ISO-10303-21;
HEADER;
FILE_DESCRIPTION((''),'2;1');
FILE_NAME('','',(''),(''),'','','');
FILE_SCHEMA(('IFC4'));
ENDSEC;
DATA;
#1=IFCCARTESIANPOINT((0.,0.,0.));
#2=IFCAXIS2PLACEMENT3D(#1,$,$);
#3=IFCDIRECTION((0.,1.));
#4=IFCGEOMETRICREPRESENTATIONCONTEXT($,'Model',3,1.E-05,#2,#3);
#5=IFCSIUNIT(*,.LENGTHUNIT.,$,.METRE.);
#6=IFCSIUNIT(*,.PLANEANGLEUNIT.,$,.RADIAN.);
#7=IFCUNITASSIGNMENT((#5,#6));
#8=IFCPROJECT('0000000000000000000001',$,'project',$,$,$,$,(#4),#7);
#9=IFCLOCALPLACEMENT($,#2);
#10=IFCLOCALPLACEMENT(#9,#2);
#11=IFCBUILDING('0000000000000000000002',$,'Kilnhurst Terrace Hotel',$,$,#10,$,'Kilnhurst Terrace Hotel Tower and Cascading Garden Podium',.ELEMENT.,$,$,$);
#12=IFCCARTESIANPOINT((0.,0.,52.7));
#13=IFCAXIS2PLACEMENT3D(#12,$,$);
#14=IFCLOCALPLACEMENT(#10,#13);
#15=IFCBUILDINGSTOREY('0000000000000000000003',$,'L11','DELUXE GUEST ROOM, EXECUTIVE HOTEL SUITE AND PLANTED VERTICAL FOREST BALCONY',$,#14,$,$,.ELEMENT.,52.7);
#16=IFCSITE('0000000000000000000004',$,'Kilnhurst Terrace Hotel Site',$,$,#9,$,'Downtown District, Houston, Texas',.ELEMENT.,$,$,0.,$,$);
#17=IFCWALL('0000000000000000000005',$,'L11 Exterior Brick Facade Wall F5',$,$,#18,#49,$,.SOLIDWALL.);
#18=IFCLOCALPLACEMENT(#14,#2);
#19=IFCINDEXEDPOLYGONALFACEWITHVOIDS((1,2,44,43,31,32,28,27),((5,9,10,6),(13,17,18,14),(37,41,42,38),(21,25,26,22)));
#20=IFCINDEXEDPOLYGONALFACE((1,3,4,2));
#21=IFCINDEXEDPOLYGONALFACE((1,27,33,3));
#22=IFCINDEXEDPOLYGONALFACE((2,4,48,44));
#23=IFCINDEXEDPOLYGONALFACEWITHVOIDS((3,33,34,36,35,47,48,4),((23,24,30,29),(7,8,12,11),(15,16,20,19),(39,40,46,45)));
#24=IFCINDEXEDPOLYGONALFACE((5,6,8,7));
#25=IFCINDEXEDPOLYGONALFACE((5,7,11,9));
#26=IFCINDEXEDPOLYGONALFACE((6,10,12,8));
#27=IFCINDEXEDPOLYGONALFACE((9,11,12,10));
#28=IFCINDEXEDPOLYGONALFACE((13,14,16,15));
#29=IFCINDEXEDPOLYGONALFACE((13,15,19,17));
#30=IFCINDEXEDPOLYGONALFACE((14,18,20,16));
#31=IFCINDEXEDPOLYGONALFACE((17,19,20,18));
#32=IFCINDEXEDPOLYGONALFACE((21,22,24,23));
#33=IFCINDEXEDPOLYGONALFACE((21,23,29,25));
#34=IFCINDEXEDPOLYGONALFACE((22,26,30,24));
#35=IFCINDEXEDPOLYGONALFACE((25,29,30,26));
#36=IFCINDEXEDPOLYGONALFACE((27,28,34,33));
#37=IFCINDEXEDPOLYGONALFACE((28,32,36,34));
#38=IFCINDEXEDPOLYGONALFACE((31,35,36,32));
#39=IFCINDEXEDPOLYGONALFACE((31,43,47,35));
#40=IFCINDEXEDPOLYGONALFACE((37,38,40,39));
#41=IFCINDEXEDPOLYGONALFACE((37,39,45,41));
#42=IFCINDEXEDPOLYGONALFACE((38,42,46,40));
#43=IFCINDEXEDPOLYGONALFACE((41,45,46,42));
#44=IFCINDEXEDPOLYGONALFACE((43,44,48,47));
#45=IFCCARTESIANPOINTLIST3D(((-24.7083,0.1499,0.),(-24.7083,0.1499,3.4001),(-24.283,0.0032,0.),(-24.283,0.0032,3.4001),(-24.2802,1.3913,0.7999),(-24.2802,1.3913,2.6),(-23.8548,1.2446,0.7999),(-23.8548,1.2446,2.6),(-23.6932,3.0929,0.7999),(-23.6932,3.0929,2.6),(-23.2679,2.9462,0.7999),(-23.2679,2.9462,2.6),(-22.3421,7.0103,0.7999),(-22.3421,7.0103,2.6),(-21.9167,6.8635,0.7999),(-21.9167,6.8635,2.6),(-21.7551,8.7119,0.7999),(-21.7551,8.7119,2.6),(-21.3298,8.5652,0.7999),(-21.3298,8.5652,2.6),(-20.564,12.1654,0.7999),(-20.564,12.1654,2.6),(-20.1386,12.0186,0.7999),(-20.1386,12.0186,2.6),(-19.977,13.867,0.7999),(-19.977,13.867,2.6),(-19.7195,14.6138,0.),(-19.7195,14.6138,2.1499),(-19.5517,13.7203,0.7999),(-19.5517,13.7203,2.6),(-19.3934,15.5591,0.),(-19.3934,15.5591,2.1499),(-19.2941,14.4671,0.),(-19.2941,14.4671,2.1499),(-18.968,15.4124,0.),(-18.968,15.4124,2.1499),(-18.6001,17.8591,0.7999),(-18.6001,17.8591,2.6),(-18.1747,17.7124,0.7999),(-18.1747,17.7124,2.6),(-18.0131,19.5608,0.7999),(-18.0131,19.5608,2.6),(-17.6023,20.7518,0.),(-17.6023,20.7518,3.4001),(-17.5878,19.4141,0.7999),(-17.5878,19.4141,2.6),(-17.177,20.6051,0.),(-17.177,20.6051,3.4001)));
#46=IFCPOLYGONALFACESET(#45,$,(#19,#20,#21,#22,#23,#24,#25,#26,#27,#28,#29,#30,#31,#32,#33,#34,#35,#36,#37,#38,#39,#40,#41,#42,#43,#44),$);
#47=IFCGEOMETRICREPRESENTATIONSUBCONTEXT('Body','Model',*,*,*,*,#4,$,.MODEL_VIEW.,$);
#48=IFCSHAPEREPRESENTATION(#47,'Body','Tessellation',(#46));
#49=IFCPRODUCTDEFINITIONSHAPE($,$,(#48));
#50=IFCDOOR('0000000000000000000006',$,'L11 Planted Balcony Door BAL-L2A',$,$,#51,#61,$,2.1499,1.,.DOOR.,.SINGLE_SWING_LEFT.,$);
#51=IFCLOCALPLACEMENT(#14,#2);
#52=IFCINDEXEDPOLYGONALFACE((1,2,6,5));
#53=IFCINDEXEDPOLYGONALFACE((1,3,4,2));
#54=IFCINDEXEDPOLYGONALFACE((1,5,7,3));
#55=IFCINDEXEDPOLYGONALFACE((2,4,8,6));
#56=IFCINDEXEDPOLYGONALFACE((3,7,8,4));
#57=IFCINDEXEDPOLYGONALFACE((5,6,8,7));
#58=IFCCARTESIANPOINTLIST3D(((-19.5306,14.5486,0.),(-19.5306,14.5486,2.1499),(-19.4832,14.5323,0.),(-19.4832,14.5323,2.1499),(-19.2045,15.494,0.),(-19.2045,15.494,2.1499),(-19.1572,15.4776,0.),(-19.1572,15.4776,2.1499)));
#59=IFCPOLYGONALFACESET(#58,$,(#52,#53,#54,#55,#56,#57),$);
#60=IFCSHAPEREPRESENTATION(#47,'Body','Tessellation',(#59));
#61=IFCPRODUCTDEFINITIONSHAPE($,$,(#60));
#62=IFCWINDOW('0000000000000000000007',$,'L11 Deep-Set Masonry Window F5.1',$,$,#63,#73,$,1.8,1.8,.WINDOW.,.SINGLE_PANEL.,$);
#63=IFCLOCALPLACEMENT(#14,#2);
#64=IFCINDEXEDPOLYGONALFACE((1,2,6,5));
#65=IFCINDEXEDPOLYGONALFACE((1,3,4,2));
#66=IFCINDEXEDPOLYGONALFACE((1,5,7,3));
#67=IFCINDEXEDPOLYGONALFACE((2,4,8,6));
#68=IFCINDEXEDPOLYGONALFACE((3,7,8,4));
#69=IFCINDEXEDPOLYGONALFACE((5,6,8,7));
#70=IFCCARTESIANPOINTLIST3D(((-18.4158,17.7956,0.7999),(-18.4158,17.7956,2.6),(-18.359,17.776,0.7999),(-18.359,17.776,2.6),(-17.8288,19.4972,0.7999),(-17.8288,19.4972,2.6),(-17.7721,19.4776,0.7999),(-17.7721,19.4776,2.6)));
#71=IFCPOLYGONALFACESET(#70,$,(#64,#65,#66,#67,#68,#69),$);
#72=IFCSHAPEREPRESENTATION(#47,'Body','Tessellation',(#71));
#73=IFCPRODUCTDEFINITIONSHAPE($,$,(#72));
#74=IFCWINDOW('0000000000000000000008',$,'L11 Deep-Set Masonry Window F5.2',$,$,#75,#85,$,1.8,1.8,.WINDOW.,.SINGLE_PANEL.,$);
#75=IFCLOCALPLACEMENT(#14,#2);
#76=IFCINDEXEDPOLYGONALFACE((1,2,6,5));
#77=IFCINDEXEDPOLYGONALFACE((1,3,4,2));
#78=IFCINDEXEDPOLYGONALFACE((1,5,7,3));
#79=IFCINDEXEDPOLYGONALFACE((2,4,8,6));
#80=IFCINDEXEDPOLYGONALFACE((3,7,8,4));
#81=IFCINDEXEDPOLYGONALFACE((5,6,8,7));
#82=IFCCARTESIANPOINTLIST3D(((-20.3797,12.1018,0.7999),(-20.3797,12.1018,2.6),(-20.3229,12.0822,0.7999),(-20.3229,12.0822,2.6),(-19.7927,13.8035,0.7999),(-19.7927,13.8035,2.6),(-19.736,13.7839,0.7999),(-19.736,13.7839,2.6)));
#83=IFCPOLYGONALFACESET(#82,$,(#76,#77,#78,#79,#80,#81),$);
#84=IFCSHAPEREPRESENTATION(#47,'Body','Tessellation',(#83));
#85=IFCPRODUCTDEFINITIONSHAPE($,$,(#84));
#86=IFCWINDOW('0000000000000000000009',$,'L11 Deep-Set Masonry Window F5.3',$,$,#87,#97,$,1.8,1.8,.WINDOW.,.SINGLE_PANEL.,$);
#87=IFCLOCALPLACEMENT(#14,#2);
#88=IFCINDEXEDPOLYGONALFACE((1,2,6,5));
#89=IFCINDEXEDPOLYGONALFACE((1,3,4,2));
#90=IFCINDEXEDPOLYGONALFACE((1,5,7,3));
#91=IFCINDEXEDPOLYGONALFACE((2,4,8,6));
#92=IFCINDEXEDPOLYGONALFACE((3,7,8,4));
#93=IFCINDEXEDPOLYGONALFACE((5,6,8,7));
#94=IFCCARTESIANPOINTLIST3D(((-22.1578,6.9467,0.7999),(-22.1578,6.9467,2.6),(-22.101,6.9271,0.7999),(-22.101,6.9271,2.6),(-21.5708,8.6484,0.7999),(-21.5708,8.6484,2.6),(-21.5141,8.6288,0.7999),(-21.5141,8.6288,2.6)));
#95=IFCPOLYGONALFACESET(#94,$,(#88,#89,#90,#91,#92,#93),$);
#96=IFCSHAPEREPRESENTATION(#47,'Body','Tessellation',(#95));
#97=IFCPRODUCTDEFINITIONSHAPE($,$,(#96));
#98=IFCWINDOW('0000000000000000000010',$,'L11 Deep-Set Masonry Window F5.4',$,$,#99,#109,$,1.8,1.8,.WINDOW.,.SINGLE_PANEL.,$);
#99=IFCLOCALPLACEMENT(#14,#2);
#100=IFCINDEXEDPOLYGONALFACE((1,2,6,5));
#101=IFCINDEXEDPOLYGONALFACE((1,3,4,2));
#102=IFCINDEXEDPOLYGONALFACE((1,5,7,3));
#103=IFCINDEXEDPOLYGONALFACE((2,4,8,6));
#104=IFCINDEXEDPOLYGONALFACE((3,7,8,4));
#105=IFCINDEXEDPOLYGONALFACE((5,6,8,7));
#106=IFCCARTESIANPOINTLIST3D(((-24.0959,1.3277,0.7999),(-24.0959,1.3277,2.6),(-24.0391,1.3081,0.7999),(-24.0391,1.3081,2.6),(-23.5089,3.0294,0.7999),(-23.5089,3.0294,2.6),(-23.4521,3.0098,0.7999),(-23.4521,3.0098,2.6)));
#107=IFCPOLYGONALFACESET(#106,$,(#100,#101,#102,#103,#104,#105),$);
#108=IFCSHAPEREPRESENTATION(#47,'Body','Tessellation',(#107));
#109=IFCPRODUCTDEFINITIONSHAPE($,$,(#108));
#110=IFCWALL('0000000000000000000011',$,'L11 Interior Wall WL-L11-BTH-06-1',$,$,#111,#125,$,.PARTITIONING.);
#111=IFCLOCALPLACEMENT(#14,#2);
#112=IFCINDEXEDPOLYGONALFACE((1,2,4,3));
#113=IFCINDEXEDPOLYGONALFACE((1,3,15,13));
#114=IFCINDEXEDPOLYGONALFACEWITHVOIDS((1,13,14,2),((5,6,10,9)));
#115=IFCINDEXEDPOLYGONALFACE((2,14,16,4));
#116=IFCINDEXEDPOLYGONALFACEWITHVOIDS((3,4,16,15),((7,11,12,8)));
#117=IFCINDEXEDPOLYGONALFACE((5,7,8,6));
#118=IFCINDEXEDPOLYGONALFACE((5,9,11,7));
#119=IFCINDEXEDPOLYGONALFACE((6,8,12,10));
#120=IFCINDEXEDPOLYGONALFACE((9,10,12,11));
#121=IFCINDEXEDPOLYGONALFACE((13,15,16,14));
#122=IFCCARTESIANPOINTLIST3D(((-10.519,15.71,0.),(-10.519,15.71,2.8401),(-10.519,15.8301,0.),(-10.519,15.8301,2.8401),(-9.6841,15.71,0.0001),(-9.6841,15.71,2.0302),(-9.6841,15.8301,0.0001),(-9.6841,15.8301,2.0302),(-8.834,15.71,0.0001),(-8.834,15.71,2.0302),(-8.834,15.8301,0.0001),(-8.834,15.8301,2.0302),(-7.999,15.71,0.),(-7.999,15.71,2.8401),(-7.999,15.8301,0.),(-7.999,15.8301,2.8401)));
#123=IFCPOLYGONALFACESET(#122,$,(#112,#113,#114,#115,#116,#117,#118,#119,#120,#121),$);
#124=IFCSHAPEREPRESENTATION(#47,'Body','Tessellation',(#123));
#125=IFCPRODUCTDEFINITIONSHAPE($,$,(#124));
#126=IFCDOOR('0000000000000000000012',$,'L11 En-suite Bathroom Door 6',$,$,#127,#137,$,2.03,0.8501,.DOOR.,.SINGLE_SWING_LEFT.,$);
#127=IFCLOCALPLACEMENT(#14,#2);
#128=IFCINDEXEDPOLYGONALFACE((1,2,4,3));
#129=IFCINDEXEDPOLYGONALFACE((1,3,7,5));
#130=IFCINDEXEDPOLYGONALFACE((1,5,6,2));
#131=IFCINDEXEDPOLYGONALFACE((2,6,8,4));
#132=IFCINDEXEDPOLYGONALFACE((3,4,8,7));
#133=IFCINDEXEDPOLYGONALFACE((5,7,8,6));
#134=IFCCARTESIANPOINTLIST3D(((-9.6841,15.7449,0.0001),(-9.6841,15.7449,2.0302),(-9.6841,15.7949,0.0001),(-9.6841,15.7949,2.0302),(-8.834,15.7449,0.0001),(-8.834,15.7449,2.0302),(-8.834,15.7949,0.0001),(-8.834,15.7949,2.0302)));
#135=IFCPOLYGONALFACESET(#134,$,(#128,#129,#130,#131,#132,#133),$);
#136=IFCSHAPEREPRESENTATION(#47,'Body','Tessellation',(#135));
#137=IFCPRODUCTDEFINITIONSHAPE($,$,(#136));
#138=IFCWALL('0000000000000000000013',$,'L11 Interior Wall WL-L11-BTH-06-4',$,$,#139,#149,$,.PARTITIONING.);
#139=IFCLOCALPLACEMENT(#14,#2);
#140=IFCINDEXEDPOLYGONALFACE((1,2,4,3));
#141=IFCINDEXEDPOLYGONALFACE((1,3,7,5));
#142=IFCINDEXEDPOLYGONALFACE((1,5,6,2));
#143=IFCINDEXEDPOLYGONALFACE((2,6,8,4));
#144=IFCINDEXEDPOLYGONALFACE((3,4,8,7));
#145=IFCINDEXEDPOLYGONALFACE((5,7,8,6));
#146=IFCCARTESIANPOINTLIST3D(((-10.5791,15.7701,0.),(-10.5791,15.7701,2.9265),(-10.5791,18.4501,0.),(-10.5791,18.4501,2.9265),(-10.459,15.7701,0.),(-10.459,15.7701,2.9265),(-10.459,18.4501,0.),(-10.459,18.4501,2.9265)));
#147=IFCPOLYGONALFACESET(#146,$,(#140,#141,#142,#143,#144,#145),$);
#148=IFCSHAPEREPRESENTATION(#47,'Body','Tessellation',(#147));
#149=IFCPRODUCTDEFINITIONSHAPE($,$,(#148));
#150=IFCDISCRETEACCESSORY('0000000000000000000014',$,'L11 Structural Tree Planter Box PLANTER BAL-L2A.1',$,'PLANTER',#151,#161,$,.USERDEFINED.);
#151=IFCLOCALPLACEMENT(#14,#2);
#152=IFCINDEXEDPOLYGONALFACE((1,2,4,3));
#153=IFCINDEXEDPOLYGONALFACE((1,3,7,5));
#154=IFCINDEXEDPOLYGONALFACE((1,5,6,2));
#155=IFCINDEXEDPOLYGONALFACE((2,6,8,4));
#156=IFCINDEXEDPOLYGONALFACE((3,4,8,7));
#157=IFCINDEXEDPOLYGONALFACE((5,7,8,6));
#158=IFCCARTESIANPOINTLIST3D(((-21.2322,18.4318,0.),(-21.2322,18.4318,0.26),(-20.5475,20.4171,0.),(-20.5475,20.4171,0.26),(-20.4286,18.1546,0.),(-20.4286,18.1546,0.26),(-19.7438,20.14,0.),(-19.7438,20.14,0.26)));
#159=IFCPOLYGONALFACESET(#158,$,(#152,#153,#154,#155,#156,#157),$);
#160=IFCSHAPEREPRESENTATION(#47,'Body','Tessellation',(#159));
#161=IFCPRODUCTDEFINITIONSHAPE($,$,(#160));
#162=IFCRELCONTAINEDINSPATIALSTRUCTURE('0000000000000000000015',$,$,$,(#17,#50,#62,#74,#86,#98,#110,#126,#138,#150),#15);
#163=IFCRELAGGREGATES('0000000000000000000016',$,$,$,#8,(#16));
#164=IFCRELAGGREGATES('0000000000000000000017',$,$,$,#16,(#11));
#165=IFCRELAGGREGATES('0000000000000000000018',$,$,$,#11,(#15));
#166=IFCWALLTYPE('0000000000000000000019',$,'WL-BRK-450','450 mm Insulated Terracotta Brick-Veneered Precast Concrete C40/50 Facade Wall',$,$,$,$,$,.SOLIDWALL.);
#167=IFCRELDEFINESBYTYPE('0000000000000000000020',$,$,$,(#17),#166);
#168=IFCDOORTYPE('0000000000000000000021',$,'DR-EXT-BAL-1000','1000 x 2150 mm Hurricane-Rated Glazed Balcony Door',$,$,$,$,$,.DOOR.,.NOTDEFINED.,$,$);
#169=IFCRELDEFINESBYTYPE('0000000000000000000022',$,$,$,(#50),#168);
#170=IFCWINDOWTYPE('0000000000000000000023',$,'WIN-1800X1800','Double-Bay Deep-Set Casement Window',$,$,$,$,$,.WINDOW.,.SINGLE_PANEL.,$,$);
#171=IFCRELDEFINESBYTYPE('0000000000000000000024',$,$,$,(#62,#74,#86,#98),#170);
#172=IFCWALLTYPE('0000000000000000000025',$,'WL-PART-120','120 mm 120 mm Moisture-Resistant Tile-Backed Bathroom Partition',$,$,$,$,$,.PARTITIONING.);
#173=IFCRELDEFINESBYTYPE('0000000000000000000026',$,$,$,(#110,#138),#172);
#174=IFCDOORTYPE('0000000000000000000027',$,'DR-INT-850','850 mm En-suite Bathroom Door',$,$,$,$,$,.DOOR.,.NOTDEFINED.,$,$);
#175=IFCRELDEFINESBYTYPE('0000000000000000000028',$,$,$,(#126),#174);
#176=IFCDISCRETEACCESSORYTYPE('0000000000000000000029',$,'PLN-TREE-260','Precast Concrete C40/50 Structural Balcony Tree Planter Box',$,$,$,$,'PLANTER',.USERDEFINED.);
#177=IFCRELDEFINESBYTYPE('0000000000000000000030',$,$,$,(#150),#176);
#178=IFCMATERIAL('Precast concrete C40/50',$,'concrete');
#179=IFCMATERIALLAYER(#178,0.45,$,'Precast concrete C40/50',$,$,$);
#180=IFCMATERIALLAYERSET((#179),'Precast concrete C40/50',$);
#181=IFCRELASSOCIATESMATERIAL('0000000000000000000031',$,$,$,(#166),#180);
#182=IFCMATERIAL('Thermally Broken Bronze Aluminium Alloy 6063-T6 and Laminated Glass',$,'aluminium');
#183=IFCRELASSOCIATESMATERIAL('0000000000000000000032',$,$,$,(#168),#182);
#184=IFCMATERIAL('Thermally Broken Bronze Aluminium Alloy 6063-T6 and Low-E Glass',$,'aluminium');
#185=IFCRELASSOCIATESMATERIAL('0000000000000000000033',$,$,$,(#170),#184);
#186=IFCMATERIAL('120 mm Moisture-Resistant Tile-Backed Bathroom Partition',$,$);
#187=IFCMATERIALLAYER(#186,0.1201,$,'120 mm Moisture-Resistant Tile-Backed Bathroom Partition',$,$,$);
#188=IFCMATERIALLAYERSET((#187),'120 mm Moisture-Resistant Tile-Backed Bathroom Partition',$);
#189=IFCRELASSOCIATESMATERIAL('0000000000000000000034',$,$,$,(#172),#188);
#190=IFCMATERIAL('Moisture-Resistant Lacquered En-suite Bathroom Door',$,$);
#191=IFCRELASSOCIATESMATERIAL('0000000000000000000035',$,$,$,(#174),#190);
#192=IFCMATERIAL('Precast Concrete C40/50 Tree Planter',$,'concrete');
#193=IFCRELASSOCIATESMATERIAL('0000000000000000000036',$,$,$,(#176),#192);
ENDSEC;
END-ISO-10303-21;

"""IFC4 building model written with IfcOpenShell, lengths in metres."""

from ifc_helpers import new_model, si_unit, direction, frame, frame_2d, origin, origin_2d, place, context, subcontext, project, spatial, rectangle, extrude, material, layer, layer_set, type_object, element, fill, save


model = new_model("IFC4")

# Units and contexts
model_context = context("Model", 3, precision=1e-05, world=origin(), true_north=direction((0.0, 1.0)))
body_context = subcontext(model_context, "Body", "Model", "MODEL_VIEW")
ifc_project = project(units=[si_unit("LENGTHUNIT", "METRE"), si_unit("PLANEANGLEUNIT", "RADIAN")], contexts=[model_context])

# Site, building, storey
site_placement = place(None, origin())
site = spatial("IfcSite", under=ifc_project, at=site_placement, Name="Kilnhurst Terrace Hotel Site", LongName="Downtown District, Houston, Texas", CompositionType="ELEMENT", RefElevation=0.0)
building_placement = place(site_placement, origin())
building = spatial("IfcBuilding", under=site, at=building_placement, Name="Kilnhurst Terrace Hotel", LongName="Kilnhurst Terrace Hotel Tower and Cascading Garden Podium", CompositionType="ELEMENT")
storey_placement = place(building_placement, frame((0.0, 0.0, 52.7)))
storey = spatial("IfcBuildingStorey", under=building, at=storey_placement, Name="L11", Description="DELUXE GUEST ROOM, EXECUTIVE HOTEL SUITE AND PLANTED VERTICAL FOREST BALCONY", CompositionType="ELEMENT", Elevation=52.7)

# Shared definitions
ifc_material_1 = material(Name="Precast concrete C40/50", Category="concrete")
ifc_layer_1 = layer(ifc_material_1, 0.45, Name="Precast concrete C40/50")
ifc_layer_set_1 = layer_set([ifc_layer_1], Name="Precast concrete C40/50")
wall_type_1 = type_object("IfcWallType", Name="WL-BRK-450", Description="450 mm Insulated Terracotta Brick-Veneered Precast Concrete C40/50 Facade Wall", PredefinedType="SOLIDWALL", material=ifc_layer_set_1)

# Wall, openings, door, windows
wall_1_placement = place(storey_placement, frame((-17.3896, 20.6785, 0.0), z_axis=(0.0, 0.0, 1.0), x_axis=(-0.326068, -0.945346, 0.0)))
wall_1 = element("IfcWall", 1, at=wall_1_placement, inside=storey, type_object=wall_type_1, Name="L11 Exterior Brick Facade Wall F5", PredefinedType="SOLIDWALL", context=body_context, shape_type="SweptSolid", body=[
    extrude(rectangle(XDim=21.793, YDim=0.45, at=frame_2d((10.8965, 0.0))), origin(), (0.0, 0.0, 1.0), 3.4001),
])
opening_1_placement = place(wall_1_placement, frame((5.4929, 0.0, 0.0)))
opening_1 = element("IfcOpeningElement", 2, at=opening_1_placement, cuts=wall_1, PredefinedType="OPENING", context=body_context, shape_type="SweptSolid", body=[
    extrude(rectangle(XDim=1.0, YDim=2.1499, at=frame_2d((0.5, 1.075))), frame((0.0, 0.2349, 0.0), z_axis=(0.0, -1.0, 0.0), x_axis=(1.0, 0.0, 0.0)), (0.0, 0.0, 1.0), 0.47),
])
opening_2_placement = place(wall_1_placement, frame((1.26, 0.0, 0.8)))
opening_2 = element("IfcOpeningElement", 3, at=opening_2_placement, cuts=wall_1, PredefinedType="OPENING", context=body_context, shape_type="SweptSolid", body=[
    extrude(rectangle(XDim=1.8, YDim=1.8, at=frame_2d((0.8999, 0.8999))), frame((0.0, 0.2349, 0.0), z_axis=(0.0, -1.0, 0.0), x_axis=(1.0, 0.0, 0.0)), (0.0, 0.0, 1.0), 0.47),
])
opening_3_placement = place(wall_1_placement, frame((7.283, 0.0, 0.8)))
opening_3 = element("IfcOpeningElement", 4, at=opening_3_placement, cuts=wall_1, PredefinedType="OPENING", context=body_context, shape_type="SweptSolid", body=[
    extrude(rectangle(XDim=1.8, YDim=1.8, at=frame_2d((0.8999, 0.8999))), frame((0.0, 0.2349, 0.0), z_axis=(0.0, -1.0, 0.0), x_axis=(1.0, 0.0, 0.0)), (0.0, 0.0, 1.0), 0.47),
])
opening_4_placement = place(wall_1_placement, frame((12.7361, 0.0, 0.8)))
opening_4 = element("IfcOpeningElement", 5, at=opening_4_placement, cuts=wall_1, PredefinedType="OPENING", context=body_context, shape_type="SweptSolid", body=[
    extrude(rectangle(XDim=1.8, YDim=1.8, at=frame_2d((0.8999, 0.8999))), frame((0.0, 0.2349, 0.0), z_axis=(0.0, -1.0, 0.0), x_axis=(1.0, 0.0, 0.0)), (0.0, 0.0, 1.0), 0.47),
])
opening_5_placement = place(wall_1_placement, frame((18.6799, 0.0, 0.8)))
opening_5 = element("IfcOpeningElement", 6, at=opening_5_placement, cuts=wall_1, PredefinedType="OPENING", context=body_context, shape_type="SweptSolid", body=[
    extrude(rectangle(XDim=1.8, YDim=1.8, at=frame_2d((0.8999, 0.8999))), frame((0.0, 0.2349, 0.0), z_axis=(0.0, -1.0, 0.0), x_axis=(1.0, 0.0, 0.0)), (0.0, 0.0, 1.0), 0.47),
])
ifc_material_2 = material(Name="Thermally Broken Bronze Aluminium Alloy 6063-T6 and Laminated Glass", Category="aluminium")
door_type_1 = type_object("IfcDoorType", Name="DR-EXT-BAL-1000", Description="1000 x 2150 mm Hurricane-Rated Glazed Balcony Door", OperationType="NOTDEFINED", PredefinedType="DOOR", material=ifc_material_2)
door_1_placement = place(opening_1_placement, origin())
door_1 = element("IfcDoor", 7, at=door_1_placement, inside=storey, type_object=door_type_1, Name="L11 Planted Balcony Door BAL-L2A", OperationType="SINGLE_SWING_LEFT", OverallHeight=2.1499, OverallWidth=1.0, PredefinedType="DOOR", context=body_context, shape_type="SweptSolid", body=[
    extrude(rectangle(XDim=1.0, YDim=2.1499, at=frame_2d((0.5, 1.075))), frame((0.0, 0.0249, 0.0), z_axis=(0.0, -1.0, 0.0), x_axis=(1.0, 0.0, 0.0)), (0.0, 0.0, 1.0), 0.05),
])
fill(opening_1, door_1)
ifc_material_3 = material(Name="Thermally Broken Bronze Aluminium Alloy 6063-T6 and Low-E Glass", Category="aluminium")
window_type = type_object("IfcWindowType", Name="WIN-1800X1800", Description="Double-Bay Deep-Set Casement Window", PartitioningType="SINGLE_PANEL", PredefinedType="WINDOW", material=ifc_material_3)
window_1_placement = place(opening_2_placement, origin())
window_1 = element("IfcWindow", 8, at=window_1_placement, inside=storey, type_object=window_type, Name="L11 Deep-Set Masonry Window F5.1", OverallHeight=1.8, OverallWidth=1.8, PartitioningType="SINGLE_PANEL", PredefinedType="WINDOW", context=body_context, shape_type="SweptSolid", body=[
    extrude(rectangle(XDim=1.8, YDim=1.8, at=frame_2d((0.8999, 0.8999))), frame((0.0, 0.03, 0.0), z_axis=(0.0, -1.0, 0.0), x_axis=(1.0, 0.0, 0.0)), (0.0, 0.0, 1.0), 0.0601),
])
fill(opening_2, window_1)
window_2_placement = place(opening_3_placement, origin())
window_2 = element("IfcWindow", 9, at=window_2_placement, inside=storey, type_object=window_type, Name="L11 Deep-Set Masonry Window F5.2", OverallHeight=1.8, OverallWidth=1.8, PartitioningType="SINGLE_PANEL", PredefinedType="WINDOW", context=body_context, shape_type="SweptSolid", body=[
    extrude(rectangle(XDim=1.8, YDim=1.8, at=frame_2d((0.8999, 0.8999))), frame((0.0, 0.03, 0.0), z_axis=(0.0, -1.0, 0.0), x_axis=(1.0, 0.0, 0.0)), (0.0, 0.0, 1.0), 0.0601),
])
fill(opening_3, window_2)
window_3_placement = place(opening_4_placement, origin())
window_3 = element("IfcWindow", 10, at=window_3_placement, inside=storey, type_object=window_type, Name="L11 Deep-Set Masonry Window F5.3", OverallHeight=1.8, OverallWidth=1.8, PartitioningType="SINGLE_PANEL", PredefinedType="WINDOW", context=body_context, shape_type="SweptSolid", body=[
    extrude(rectangle(XDim=1.8, YDim=1.8, at=frame_2d((0.8999, 0.8999))), frame((0.0, 0.03, 0.0), z_axis=(0.0, -1.0, 0.0), x_axis=(1.0, 0.0, 0.0)), (0.0, 0.0, 1.0), 0.0601),
])
fill(opening_4, window_3)
window_4_placement = place(opening_5_placement, origin())
window_4 = element("IfcWindow", 11, at=window_4_placement, inside=storey, type_object=window_type, Name="L11 Deep-Set Masonry Window F5.4", OverallHeight=1.8, OverallWidth=1.8, PartitioningType="SINGLE_PANEL", PredefinedType="WINDOW", context=body_context, shape_type="SweptSolid", body=[
    extrude(rectangle(XDim=1.8, YDim=1.8, at=frame_2d((0.8999, 0.8999))), frame((0.0, 0.03, 0.0), z_axis=(0.0, -1.0, 0.0), x_axis=(1.0, 0.0, 0.0)), (0.0, 0.0, 1.0), 0.0601),
])
fill(opening_5, window_4)

# Wall, opening, door
ifc_material_4 = material(Name="120 mm Moisture-Resistant Tile-Backed Bathroom Partition")
ifc_layer_2 = layer(ifc_material_4, 0.1201, Name="120 mm Moisture-Resistant Tile-Backed Bathroom Partition")
ifc_layer_set_2 = layer_set([ifc_layer_2], Name="120 mm Moisture-Resistant Tile-Backed Bathroom Partition")
wall_type_2 = type_object("IfcWallType", Name="WL-PART-120", Description="120 mm 120 mm Moisture-Resistant Tile-Backed Bathroom Partition", PredefinedType="PARTITIONING", material=ifc_layer_set_2)
wall_2_placement = place(storey_placement, frame((-10.519, 15.77, 0.0), z_axis=(0.0, 0.0, 1.0), x_axis=(1.0, 0.0, 0.0)))
wall_2 = element("IfcWall", 12, at=wall_2_placement, inside=storey, type_object=wall_type_2, Name="L11 Interior Wall WL-L11-BTH-06-1", PredefinedType="PARTITIONING", context=body_context, shape_type="SweptSolid", body=[
    extrude(rectangle(XDim=2.52, YDim=0.1201, at=frame_2d((1.26, 0.0))), origin(), (0.0, 0.0, 1.0), 2.8401),
])
opening_6_placement = place(wall_2_placement, frame((0.835, 0.0, 0.0)))
opening_6 = element("IfcOpeningElement", 13, at=opening_6_placement, cuts=wall_2, PredefinedType="OPENING", context=body_context, shape_type="SweptSolid", body=[
    extrude(rectangle(XDim=0.8501, YDim=2.03, at=frame_2d((0.425, 1.0151))), frame((0.0, 0.0701, 0.0), z_axis=(0.0, -1.0, 0.0), x_axis=(1.0, 0.0, 0.0)), (0.0, 0.0, 1.0), 0.1401),
])
ifc_material_5 = material(Name="Moisture-Resistant Lacquered En-suite Bathroom Door")
door_type_2 = type_object("IfcDoorType", Name="DR-INT-850", Description="850 mm En-suite Bathroom Door", OperationType="NOTDEFINED", PredefinedType="DOOR", material=ifc_material_5)
door_2_placement = place(opening_6_placement, origin())
door_2 = element("IfcDoor", 14, at=door_2_placement, inside=storey, type_object=door_type_2, Name="L11 En-suite Bathroom Door 6", OperationType="SINGLE_SWING_LEFT", OverallHeight=2.03, OverallWidth=0.8501, PredefinedType="DOOR", context=body_context, shape_type="SweptSolid", body=[
    extrude(rectangle(XDim=0.8501, YDim=2.03, at=frame_2d((0.425, 1.0151))), frame((0.0, 0.0249, 0.0), z_axis=(0.0, -1.0, 0.0), x_axis=(1.0, 0.0, 0.0)), (0.0, 0.0, 1.0), 0.05),
])
fill(opening_6, door_2)

# Wall
wall_3_placement = place(storey_placement, frame((-10.519, 18.45, 0.0), z_axis=(0.0, 0.0, 1.0), x_axis=(0.0, -1.0, 0.0)))
element("IfcWall", 15, at=wall_3_placement, inside=storey, type_object=wall_type_2, Name="L11 Interior Wall WL-L11-BTH-06-4", PredefinedType="PARTITIONING", context=body_context, shape_type="SweptSolid", body=[
    extrude(rectangle(XDim=2.6799, YDim=0.1201, at=frame_2d((1.3398, 0.0))), origin(), (0.0, 0.0, 1.0), 2.9265),
])

# Discrete accessory
ifc_material_6 = material(Name="Precast Concrete C40/50 Tree Planter", Category="concrete")
discrete_accessory_type = type_object("IfcDiscreteAccessoryType", Name="PLN-TREE-260", Description="Precast Concrete C40/50 Structural Balcony Tree Planter Box", ElementType="PLANTER", PredefinedType="USERDEFINED", material=ifc_material_6)
discrete_accessory_placement = place(storey_placement, frame((-20.488, 19.2859, 0.0), z_axis=(0.0, 0.0, 1.0), x_axis=(-0.326063, -0.945348, 0.0)))
element("IfcDiscreteAccessory", 16, at=discrete_accessory_placement, inside=storey, type_object=discrete_accessory_type, Name="L11 Structural Tree Planter Box PLANTER BAL-L2A.1", ObjectType="PLANTER", PredefinedType="USERDEFINED", context=body_context, shape_type="SweptSolid", body=[
    extrude(rectangle(XDim=2.1001, YDim=0.8501, at=origin_2d()), origin(), (0.0, 0.0, 1.0), 0.26),
])

save(model, "model.ifc")
